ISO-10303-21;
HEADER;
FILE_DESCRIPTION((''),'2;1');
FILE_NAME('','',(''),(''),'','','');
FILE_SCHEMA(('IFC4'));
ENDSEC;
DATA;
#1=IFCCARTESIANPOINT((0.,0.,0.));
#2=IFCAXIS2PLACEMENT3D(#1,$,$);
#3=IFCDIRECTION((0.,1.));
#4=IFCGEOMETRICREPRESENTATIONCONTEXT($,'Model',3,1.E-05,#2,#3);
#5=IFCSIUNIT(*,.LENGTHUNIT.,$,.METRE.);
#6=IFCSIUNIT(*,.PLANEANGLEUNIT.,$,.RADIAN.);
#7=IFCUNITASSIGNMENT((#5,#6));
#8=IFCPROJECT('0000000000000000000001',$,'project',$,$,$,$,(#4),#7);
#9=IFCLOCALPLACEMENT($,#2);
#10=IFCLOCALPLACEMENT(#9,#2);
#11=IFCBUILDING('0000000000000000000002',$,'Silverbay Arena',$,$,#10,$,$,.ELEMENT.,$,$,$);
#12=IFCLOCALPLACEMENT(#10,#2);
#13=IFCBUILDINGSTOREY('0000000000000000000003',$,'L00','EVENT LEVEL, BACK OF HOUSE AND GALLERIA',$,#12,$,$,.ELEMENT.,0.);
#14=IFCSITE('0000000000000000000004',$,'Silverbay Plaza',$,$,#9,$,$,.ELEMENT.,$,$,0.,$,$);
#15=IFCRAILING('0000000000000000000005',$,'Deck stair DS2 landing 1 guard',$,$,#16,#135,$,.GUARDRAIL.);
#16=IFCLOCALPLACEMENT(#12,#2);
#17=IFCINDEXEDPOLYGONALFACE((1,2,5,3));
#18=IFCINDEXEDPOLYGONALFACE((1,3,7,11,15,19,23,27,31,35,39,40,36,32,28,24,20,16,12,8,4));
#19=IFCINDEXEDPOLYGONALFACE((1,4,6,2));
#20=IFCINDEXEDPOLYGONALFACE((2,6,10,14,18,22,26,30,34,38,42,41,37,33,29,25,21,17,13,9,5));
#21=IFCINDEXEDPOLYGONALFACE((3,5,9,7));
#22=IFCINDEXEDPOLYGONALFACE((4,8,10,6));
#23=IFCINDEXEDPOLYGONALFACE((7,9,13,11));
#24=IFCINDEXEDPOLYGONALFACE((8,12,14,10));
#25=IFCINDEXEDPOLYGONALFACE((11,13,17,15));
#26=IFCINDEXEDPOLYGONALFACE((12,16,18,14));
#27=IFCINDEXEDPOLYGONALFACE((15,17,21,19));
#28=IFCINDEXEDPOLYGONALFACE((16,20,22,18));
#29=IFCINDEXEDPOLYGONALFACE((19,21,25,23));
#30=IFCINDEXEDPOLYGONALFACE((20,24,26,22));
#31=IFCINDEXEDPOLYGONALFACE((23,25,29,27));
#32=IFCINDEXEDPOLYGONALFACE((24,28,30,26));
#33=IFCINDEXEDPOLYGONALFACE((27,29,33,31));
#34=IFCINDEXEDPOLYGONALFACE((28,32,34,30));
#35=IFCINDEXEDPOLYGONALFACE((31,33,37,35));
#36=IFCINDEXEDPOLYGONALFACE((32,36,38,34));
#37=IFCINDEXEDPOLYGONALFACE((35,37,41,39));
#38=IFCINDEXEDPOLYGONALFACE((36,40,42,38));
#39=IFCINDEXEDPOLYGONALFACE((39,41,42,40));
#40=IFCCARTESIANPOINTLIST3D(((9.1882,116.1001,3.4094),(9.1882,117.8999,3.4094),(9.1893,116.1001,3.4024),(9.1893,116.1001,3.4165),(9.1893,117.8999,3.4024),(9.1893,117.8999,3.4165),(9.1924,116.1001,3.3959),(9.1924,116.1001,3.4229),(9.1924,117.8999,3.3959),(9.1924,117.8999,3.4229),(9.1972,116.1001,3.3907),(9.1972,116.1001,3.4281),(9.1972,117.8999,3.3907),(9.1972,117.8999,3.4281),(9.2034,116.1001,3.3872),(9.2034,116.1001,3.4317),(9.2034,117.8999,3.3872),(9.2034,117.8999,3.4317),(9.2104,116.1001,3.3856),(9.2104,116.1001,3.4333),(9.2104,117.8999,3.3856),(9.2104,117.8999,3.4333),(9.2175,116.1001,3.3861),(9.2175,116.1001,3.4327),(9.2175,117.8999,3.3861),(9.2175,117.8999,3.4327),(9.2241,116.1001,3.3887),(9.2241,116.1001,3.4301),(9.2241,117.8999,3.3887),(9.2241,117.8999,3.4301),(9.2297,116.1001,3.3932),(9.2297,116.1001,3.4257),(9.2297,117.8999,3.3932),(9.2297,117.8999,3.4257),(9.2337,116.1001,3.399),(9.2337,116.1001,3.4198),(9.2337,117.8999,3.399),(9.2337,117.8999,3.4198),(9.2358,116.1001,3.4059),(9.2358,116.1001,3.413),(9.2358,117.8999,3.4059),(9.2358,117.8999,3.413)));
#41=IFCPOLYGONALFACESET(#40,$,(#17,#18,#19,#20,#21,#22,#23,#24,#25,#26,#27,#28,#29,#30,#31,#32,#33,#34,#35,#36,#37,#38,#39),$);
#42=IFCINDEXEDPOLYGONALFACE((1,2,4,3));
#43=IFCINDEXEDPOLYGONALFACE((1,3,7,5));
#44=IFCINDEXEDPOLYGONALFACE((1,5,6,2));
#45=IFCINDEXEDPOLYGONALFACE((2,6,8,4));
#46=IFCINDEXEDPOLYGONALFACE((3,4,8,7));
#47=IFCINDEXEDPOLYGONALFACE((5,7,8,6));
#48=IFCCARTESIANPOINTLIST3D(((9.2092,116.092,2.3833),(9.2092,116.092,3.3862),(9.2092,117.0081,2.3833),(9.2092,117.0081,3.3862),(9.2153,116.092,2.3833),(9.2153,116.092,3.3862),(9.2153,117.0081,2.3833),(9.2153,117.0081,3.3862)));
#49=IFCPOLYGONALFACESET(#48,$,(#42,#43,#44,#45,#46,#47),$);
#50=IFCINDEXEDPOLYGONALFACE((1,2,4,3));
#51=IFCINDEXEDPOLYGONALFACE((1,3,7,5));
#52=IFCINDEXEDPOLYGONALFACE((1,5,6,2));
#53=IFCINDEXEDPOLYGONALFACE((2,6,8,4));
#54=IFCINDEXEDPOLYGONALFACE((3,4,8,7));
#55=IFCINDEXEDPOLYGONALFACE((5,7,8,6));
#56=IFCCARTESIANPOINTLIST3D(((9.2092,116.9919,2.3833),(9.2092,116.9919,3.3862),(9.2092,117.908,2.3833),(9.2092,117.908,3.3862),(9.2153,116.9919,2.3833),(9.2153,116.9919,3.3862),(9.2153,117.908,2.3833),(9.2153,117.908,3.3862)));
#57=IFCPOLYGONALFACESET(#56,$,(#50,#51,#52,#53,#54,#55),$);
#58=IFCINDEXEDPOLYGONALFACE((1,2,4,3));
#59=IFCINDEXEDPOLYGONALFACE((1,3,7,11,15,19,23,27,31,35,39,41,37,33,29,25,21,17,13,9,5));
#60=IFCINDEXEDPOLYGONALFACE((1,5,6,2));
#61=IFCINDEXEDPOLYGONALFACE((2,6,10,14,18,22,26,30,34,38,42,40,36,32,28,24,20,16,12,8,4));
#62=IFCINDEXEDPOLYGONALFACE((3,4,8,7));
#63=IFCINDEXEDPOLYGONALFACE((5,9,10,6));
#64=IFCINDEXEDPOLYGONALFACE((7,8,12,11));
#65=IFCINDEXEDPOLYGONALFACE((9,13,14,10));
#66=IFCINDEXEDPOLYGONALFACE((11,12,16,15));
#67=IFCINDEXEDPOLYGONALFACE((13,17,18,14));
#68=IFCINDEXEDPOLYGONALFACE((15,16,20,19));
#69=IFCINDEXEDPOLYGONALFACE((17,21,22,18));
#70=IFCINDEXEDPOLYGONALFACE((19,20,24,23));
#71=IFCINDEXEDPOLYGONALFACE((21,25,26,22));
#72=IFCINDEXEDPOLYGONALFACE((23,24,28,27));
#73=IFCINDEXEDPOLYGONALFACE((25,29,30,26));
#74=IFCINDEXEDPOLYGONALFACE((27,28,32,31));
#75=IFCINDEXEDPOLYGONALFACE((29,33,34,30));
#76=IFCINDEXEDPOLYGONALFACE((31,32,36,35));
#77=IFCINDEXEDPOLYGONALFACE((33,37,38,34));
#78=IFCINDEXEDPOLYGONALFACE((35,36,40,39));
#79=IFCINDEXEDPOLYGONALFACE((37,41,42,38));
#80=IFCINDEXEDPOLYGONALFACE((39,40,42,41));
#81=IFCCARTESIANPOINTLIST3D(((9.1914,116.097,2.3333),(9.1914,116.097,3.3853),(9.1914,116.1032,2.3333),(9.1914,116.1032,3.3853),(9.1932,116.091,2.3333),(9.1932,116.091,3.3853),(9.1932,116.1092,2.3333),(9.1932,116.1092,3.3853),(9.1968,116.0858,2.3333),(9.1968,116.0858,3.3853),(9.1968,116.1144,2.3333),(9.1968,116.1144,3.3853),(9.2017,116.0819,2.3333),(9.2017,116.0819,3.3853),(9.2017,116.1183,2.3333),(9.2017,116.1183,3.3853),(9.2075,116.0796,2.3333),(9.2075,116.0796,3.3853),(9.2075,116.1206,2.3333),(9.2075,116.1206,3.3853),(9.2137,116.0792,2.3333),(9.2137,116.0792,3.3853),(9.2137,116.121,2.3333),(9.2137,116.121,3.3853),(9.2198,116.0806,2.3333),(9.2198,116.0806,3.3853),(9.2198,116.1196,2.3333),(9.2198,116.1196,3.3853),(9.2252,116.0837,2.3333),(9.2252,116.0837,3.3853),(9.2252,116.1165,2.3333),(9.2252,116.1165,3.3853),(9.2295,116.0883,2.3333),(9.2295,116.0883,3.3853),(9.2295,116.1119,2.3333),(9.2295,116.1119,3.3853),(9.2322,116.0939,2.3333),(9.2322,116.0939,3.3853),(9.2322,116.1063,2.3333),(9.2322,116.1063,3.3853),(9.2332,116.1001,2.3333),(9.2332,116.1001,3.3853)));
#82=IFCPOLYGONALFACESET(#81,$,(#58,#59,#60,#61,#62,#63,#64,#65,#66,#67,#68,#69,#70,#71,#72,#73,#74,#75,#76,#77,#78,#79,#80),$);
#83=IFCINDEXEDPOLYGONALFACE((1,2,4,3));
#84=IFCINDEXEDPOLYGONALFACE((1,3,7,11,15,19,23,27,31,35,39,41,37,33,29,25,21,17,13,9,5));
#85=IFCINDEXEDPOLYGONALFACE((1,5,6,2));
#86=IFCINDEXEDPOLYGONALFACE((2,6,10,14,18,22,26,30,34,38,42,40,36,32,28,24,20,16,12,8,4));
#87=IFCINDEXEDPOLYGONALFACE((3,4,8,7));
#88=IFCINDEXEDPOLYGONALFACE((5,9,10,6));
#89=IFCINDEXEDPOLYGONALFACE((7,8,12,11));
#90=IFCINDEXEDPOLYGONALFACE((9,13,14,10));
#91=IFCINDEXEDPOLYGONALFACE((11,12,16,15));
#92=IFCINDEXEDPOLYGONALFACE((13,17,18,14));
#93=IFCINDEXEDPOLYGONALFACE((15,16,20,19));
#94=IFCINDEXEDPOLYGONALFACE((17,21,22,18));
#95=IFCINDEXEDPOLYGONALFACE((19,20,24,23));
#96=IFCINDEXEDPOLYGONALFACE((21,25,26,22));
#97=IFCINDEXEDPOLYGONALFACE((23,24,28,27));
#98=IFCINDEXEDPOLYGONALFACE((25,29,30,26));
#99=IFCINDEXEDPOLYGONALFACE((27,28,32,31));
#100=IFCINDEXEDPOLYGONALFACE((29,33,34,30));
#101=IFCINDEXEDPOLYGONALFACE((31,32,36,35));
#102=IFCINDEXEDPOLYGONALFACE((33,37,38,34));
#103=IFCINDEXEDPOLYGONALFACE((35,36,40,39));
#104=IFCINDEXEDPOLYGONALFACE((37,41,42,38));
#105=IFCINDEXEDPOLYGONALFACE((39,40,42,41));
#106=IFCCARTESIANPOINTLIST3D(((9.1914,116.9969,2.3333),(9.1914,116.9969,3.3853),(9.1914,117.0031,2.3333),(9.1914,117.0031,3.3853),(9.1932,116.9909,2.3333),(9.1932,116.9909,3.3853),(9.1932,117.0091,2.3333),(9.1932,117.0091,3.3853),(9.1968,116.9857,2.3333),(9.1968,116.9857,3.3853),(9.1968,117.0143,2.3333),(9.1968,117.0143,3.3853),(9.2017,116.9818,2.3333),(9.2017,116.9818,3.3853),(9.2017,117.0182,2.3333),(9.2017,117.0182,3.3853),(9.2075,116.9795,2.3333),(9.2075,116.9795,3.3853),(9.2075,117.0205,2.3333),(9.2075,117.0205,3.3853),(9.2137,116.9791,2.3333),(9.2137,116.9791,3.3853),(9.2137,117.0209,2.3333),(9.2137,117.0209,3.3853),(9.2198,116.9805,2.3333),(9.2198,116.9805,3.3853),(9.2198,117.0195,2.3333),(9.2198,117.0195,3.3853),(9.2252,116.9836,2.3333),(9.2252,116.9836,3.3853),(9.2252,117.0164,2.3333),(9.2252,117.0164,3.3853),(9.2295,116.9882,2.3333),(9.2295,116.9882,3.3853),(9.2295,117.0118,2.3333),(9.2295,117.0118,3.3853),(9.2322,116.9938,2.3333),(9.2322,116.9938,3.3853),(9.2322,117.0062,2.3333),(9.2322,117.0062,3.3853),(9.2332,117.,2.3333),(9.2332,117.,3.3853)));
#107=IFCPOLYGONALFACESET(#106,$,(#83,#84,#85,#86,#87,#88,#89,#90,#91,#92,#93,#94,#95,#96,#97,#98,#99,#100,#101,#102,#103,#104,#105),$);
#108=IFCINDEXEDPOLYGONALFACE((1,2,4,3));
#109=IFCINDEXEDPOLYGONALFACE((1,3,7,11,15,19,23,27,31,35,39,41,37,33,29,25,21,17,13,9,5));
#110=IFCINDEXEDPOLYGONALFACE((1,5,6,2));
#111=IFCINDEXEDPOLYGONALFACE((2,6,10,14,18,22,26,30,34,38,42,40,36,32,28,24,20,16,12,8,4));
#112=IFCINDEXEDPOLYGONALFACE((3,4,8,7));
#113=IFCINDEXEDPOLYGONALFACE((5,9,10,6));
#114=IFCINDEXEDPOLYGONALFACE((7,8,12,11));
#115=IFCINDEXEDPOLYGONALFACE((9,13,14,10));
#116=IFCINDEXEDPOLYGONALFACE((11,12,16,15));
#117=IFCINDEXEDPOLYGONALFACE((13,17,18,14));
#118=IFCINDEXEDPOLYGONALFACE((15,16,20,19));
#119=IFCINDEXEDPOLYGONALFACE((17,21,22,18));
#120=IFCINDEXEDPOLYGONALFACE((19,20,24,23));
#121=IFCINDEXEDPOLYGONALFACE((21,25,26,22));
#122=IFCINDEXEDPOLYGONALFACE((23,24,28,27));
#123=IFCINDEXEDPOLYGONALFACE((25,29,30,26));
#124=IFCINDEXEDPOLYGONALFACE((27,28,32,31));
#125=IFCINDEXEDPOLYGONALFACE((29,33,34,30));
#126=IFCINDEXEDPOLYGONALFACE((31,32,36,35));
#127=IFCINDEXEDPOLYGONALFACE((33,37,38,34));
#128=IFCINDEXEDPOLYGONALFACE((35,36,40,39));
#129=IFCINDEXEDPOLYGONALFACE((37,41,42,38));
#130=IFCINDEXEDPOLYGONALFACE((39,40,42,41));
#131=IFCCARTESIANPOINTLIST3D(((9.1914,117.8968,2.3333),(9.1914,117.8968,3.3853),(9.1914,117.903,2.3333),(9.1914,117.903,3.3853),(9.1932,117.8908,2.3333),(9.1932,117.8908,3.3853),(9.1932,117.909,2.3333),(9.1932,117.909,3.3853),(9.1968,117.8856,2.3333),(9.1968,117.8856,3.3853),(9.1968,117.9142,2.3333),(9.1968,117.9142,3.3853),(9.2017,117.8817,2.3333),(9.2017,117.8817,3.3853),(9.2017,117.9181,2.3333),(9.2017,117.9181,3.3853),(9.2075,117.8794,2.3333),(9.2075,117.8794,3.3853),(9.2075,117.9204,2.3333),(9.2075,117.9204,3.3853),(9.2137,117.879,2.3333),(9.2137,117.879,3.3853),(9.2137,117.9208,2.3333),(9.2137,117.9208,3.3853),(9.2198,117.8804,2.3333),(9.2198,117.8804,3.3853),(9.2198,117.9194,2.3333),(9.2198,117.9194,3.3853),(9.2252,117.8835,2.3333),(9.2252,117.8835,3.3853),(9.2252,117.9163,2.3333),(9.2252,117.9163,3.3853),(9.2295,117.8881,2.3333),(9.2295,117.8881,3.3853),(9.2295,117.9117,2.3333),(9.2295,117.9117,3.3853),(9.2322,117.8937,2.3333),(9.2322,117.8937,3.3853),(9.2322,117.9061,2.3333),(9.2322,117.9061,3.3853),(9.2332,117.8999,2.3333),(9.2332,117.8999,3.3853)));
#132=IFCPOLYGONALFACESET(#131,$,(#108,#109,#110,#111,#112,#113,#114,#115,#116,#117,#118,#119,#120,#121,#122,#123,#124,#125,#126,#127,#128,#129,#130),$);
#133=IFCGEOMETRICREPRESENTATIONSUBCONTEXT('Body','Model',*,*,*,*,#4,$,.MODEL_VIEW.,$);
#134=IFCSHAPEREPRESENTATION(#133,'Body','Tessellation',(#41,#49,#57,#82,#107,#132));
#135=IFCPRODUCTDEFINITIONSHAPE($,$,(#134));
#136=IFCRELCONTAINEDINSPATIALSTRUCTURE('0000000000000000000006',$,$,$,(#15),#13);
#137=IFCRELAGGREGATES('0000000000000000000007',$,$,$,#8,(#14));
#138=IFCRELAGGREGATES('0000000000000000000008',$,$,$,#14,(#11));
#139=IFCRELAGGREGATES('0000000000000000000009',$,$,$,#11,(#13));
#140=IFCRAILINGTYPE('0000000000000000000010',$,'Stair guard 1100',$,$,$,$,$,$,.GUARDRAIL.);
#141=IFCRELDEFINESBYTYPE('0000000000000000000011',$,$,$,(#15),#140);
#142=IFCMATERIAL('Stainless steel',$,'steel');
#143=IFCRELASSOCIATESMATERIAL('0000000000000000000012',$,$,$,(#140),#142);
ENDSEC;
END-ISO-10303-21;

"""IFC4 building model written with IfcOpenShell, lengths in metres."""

from ifc_helpers import new_model, si_unit, direction, frame, origin, origin_2d, place, context, subcontext, project, spatial, polyline, circle, outline, extrude, material, type_object, element, save


model = new_model("IFC4")

# Units and contexts
model_context = context("Model", 3, precision=1e-05, world=origin(), true_north=direction((0.0, 1.0)))
body_context = subcontext(model_context, "Body", "Model", "MODEL_VIEW")
ifc_project = project(units=[si_unit("LENGTHUNIT", "METRE"), si_unit("PLANEANGLEUNIT", "RADIAN")], contexts=[model_context])

# Site, building, storey
site_placement = place(None, origin())
site = spatial("IfcSite", under=ifc_project, at=site_placement, Name="Silverbay Plaza", CompositionType="ELEMENT", RefElevation=0.0)
building_placement = place(site_placement, origin())
building = spatial("IfcBuilding", under=site, at=building_placement, Name="Silverbay Arena", CompositionType="ELEMENT")
storey_placement = place(building_placement, origin())
storey = spatial("IfcBuildingStorey", under=building, at=storey_placement, Name="L00", Description="EVENT LEVEL, BACK OF HOUSE AND GALLERIA", CompositionType="ELEMENT", Elevation=0.0)

# Railing
ifc_material_1 = material(Name="Stainless steel", Category="steel")
railing_type_1 = type_object("IfcRailingType", Name="Stair guard 1100", PredefinedType="GUARDRAIL", material=ifc_material_1)
for number, where, name in (
    (1, (9.2122, 116.1001, 2.3333), "Deck stair DS2 landing 1 guard"),
):
    element("IfcRailing", number, at=place(storey_placement, frame(where)), inside=storey, type_object=railing_type_1, Name=name, PredefinedType="GUARDRAIL", context=body_context, shape_type="SweptSolid", body=[
        extrude(circle(Radius=0.0239, at=origin_2d()), frame((0.0, 0.0, 1.0762), z_axis=(0.0, 1.0, 0.0), x_axis=(-1.0, 0.0, 0.0)), (0.0, 0.0, 1.0), 1.7998),
        extrude(outline(polyline([(-0.0081, 0.05), (0.908, 0.05), (0.908, 1.053), (-0.0081, 1.053), (-0.0081, 0.05)])), frame((-0.0029, 0.0, 0.0), z_axis=(1.0, 0.0, 0.0), x_axis=(0.0, 1.0, 0.0)), (0.0, 0.0, 1.0), 0.0061),
        extrude(outline(polyline([(-0.0081, 0.05), (0.908, 0.05), (0.908, 1.053), (-0.0081, 1.053), (-0.0081, 0.05)])), frame((-0.0029, 0.8999, 0.0), z_axis=(1.0, 0.0, 0.0), x_axis=(0.0, 1.0, 0.0)), (0.0, 0.0, 1.0), 0.0061),
        extrude(circle(Radius=0.021, at=origin_2d()), origin(), (0.0, 0.0, 1.0), 1.052),
        extrude(circle(Radius=0.021, at=origin_2d()), frame((0.0, 0.8999, 0.0)), (0.0, 0.0, 1.0), 1.052),
        extrude(circle(Radius=0.021, at=origin_2d()), frame((0.0, 1.7998, 0.0)), (0.0, 0.0, 1.0), 1.052),
    ])

save(model, "model.ifc")
